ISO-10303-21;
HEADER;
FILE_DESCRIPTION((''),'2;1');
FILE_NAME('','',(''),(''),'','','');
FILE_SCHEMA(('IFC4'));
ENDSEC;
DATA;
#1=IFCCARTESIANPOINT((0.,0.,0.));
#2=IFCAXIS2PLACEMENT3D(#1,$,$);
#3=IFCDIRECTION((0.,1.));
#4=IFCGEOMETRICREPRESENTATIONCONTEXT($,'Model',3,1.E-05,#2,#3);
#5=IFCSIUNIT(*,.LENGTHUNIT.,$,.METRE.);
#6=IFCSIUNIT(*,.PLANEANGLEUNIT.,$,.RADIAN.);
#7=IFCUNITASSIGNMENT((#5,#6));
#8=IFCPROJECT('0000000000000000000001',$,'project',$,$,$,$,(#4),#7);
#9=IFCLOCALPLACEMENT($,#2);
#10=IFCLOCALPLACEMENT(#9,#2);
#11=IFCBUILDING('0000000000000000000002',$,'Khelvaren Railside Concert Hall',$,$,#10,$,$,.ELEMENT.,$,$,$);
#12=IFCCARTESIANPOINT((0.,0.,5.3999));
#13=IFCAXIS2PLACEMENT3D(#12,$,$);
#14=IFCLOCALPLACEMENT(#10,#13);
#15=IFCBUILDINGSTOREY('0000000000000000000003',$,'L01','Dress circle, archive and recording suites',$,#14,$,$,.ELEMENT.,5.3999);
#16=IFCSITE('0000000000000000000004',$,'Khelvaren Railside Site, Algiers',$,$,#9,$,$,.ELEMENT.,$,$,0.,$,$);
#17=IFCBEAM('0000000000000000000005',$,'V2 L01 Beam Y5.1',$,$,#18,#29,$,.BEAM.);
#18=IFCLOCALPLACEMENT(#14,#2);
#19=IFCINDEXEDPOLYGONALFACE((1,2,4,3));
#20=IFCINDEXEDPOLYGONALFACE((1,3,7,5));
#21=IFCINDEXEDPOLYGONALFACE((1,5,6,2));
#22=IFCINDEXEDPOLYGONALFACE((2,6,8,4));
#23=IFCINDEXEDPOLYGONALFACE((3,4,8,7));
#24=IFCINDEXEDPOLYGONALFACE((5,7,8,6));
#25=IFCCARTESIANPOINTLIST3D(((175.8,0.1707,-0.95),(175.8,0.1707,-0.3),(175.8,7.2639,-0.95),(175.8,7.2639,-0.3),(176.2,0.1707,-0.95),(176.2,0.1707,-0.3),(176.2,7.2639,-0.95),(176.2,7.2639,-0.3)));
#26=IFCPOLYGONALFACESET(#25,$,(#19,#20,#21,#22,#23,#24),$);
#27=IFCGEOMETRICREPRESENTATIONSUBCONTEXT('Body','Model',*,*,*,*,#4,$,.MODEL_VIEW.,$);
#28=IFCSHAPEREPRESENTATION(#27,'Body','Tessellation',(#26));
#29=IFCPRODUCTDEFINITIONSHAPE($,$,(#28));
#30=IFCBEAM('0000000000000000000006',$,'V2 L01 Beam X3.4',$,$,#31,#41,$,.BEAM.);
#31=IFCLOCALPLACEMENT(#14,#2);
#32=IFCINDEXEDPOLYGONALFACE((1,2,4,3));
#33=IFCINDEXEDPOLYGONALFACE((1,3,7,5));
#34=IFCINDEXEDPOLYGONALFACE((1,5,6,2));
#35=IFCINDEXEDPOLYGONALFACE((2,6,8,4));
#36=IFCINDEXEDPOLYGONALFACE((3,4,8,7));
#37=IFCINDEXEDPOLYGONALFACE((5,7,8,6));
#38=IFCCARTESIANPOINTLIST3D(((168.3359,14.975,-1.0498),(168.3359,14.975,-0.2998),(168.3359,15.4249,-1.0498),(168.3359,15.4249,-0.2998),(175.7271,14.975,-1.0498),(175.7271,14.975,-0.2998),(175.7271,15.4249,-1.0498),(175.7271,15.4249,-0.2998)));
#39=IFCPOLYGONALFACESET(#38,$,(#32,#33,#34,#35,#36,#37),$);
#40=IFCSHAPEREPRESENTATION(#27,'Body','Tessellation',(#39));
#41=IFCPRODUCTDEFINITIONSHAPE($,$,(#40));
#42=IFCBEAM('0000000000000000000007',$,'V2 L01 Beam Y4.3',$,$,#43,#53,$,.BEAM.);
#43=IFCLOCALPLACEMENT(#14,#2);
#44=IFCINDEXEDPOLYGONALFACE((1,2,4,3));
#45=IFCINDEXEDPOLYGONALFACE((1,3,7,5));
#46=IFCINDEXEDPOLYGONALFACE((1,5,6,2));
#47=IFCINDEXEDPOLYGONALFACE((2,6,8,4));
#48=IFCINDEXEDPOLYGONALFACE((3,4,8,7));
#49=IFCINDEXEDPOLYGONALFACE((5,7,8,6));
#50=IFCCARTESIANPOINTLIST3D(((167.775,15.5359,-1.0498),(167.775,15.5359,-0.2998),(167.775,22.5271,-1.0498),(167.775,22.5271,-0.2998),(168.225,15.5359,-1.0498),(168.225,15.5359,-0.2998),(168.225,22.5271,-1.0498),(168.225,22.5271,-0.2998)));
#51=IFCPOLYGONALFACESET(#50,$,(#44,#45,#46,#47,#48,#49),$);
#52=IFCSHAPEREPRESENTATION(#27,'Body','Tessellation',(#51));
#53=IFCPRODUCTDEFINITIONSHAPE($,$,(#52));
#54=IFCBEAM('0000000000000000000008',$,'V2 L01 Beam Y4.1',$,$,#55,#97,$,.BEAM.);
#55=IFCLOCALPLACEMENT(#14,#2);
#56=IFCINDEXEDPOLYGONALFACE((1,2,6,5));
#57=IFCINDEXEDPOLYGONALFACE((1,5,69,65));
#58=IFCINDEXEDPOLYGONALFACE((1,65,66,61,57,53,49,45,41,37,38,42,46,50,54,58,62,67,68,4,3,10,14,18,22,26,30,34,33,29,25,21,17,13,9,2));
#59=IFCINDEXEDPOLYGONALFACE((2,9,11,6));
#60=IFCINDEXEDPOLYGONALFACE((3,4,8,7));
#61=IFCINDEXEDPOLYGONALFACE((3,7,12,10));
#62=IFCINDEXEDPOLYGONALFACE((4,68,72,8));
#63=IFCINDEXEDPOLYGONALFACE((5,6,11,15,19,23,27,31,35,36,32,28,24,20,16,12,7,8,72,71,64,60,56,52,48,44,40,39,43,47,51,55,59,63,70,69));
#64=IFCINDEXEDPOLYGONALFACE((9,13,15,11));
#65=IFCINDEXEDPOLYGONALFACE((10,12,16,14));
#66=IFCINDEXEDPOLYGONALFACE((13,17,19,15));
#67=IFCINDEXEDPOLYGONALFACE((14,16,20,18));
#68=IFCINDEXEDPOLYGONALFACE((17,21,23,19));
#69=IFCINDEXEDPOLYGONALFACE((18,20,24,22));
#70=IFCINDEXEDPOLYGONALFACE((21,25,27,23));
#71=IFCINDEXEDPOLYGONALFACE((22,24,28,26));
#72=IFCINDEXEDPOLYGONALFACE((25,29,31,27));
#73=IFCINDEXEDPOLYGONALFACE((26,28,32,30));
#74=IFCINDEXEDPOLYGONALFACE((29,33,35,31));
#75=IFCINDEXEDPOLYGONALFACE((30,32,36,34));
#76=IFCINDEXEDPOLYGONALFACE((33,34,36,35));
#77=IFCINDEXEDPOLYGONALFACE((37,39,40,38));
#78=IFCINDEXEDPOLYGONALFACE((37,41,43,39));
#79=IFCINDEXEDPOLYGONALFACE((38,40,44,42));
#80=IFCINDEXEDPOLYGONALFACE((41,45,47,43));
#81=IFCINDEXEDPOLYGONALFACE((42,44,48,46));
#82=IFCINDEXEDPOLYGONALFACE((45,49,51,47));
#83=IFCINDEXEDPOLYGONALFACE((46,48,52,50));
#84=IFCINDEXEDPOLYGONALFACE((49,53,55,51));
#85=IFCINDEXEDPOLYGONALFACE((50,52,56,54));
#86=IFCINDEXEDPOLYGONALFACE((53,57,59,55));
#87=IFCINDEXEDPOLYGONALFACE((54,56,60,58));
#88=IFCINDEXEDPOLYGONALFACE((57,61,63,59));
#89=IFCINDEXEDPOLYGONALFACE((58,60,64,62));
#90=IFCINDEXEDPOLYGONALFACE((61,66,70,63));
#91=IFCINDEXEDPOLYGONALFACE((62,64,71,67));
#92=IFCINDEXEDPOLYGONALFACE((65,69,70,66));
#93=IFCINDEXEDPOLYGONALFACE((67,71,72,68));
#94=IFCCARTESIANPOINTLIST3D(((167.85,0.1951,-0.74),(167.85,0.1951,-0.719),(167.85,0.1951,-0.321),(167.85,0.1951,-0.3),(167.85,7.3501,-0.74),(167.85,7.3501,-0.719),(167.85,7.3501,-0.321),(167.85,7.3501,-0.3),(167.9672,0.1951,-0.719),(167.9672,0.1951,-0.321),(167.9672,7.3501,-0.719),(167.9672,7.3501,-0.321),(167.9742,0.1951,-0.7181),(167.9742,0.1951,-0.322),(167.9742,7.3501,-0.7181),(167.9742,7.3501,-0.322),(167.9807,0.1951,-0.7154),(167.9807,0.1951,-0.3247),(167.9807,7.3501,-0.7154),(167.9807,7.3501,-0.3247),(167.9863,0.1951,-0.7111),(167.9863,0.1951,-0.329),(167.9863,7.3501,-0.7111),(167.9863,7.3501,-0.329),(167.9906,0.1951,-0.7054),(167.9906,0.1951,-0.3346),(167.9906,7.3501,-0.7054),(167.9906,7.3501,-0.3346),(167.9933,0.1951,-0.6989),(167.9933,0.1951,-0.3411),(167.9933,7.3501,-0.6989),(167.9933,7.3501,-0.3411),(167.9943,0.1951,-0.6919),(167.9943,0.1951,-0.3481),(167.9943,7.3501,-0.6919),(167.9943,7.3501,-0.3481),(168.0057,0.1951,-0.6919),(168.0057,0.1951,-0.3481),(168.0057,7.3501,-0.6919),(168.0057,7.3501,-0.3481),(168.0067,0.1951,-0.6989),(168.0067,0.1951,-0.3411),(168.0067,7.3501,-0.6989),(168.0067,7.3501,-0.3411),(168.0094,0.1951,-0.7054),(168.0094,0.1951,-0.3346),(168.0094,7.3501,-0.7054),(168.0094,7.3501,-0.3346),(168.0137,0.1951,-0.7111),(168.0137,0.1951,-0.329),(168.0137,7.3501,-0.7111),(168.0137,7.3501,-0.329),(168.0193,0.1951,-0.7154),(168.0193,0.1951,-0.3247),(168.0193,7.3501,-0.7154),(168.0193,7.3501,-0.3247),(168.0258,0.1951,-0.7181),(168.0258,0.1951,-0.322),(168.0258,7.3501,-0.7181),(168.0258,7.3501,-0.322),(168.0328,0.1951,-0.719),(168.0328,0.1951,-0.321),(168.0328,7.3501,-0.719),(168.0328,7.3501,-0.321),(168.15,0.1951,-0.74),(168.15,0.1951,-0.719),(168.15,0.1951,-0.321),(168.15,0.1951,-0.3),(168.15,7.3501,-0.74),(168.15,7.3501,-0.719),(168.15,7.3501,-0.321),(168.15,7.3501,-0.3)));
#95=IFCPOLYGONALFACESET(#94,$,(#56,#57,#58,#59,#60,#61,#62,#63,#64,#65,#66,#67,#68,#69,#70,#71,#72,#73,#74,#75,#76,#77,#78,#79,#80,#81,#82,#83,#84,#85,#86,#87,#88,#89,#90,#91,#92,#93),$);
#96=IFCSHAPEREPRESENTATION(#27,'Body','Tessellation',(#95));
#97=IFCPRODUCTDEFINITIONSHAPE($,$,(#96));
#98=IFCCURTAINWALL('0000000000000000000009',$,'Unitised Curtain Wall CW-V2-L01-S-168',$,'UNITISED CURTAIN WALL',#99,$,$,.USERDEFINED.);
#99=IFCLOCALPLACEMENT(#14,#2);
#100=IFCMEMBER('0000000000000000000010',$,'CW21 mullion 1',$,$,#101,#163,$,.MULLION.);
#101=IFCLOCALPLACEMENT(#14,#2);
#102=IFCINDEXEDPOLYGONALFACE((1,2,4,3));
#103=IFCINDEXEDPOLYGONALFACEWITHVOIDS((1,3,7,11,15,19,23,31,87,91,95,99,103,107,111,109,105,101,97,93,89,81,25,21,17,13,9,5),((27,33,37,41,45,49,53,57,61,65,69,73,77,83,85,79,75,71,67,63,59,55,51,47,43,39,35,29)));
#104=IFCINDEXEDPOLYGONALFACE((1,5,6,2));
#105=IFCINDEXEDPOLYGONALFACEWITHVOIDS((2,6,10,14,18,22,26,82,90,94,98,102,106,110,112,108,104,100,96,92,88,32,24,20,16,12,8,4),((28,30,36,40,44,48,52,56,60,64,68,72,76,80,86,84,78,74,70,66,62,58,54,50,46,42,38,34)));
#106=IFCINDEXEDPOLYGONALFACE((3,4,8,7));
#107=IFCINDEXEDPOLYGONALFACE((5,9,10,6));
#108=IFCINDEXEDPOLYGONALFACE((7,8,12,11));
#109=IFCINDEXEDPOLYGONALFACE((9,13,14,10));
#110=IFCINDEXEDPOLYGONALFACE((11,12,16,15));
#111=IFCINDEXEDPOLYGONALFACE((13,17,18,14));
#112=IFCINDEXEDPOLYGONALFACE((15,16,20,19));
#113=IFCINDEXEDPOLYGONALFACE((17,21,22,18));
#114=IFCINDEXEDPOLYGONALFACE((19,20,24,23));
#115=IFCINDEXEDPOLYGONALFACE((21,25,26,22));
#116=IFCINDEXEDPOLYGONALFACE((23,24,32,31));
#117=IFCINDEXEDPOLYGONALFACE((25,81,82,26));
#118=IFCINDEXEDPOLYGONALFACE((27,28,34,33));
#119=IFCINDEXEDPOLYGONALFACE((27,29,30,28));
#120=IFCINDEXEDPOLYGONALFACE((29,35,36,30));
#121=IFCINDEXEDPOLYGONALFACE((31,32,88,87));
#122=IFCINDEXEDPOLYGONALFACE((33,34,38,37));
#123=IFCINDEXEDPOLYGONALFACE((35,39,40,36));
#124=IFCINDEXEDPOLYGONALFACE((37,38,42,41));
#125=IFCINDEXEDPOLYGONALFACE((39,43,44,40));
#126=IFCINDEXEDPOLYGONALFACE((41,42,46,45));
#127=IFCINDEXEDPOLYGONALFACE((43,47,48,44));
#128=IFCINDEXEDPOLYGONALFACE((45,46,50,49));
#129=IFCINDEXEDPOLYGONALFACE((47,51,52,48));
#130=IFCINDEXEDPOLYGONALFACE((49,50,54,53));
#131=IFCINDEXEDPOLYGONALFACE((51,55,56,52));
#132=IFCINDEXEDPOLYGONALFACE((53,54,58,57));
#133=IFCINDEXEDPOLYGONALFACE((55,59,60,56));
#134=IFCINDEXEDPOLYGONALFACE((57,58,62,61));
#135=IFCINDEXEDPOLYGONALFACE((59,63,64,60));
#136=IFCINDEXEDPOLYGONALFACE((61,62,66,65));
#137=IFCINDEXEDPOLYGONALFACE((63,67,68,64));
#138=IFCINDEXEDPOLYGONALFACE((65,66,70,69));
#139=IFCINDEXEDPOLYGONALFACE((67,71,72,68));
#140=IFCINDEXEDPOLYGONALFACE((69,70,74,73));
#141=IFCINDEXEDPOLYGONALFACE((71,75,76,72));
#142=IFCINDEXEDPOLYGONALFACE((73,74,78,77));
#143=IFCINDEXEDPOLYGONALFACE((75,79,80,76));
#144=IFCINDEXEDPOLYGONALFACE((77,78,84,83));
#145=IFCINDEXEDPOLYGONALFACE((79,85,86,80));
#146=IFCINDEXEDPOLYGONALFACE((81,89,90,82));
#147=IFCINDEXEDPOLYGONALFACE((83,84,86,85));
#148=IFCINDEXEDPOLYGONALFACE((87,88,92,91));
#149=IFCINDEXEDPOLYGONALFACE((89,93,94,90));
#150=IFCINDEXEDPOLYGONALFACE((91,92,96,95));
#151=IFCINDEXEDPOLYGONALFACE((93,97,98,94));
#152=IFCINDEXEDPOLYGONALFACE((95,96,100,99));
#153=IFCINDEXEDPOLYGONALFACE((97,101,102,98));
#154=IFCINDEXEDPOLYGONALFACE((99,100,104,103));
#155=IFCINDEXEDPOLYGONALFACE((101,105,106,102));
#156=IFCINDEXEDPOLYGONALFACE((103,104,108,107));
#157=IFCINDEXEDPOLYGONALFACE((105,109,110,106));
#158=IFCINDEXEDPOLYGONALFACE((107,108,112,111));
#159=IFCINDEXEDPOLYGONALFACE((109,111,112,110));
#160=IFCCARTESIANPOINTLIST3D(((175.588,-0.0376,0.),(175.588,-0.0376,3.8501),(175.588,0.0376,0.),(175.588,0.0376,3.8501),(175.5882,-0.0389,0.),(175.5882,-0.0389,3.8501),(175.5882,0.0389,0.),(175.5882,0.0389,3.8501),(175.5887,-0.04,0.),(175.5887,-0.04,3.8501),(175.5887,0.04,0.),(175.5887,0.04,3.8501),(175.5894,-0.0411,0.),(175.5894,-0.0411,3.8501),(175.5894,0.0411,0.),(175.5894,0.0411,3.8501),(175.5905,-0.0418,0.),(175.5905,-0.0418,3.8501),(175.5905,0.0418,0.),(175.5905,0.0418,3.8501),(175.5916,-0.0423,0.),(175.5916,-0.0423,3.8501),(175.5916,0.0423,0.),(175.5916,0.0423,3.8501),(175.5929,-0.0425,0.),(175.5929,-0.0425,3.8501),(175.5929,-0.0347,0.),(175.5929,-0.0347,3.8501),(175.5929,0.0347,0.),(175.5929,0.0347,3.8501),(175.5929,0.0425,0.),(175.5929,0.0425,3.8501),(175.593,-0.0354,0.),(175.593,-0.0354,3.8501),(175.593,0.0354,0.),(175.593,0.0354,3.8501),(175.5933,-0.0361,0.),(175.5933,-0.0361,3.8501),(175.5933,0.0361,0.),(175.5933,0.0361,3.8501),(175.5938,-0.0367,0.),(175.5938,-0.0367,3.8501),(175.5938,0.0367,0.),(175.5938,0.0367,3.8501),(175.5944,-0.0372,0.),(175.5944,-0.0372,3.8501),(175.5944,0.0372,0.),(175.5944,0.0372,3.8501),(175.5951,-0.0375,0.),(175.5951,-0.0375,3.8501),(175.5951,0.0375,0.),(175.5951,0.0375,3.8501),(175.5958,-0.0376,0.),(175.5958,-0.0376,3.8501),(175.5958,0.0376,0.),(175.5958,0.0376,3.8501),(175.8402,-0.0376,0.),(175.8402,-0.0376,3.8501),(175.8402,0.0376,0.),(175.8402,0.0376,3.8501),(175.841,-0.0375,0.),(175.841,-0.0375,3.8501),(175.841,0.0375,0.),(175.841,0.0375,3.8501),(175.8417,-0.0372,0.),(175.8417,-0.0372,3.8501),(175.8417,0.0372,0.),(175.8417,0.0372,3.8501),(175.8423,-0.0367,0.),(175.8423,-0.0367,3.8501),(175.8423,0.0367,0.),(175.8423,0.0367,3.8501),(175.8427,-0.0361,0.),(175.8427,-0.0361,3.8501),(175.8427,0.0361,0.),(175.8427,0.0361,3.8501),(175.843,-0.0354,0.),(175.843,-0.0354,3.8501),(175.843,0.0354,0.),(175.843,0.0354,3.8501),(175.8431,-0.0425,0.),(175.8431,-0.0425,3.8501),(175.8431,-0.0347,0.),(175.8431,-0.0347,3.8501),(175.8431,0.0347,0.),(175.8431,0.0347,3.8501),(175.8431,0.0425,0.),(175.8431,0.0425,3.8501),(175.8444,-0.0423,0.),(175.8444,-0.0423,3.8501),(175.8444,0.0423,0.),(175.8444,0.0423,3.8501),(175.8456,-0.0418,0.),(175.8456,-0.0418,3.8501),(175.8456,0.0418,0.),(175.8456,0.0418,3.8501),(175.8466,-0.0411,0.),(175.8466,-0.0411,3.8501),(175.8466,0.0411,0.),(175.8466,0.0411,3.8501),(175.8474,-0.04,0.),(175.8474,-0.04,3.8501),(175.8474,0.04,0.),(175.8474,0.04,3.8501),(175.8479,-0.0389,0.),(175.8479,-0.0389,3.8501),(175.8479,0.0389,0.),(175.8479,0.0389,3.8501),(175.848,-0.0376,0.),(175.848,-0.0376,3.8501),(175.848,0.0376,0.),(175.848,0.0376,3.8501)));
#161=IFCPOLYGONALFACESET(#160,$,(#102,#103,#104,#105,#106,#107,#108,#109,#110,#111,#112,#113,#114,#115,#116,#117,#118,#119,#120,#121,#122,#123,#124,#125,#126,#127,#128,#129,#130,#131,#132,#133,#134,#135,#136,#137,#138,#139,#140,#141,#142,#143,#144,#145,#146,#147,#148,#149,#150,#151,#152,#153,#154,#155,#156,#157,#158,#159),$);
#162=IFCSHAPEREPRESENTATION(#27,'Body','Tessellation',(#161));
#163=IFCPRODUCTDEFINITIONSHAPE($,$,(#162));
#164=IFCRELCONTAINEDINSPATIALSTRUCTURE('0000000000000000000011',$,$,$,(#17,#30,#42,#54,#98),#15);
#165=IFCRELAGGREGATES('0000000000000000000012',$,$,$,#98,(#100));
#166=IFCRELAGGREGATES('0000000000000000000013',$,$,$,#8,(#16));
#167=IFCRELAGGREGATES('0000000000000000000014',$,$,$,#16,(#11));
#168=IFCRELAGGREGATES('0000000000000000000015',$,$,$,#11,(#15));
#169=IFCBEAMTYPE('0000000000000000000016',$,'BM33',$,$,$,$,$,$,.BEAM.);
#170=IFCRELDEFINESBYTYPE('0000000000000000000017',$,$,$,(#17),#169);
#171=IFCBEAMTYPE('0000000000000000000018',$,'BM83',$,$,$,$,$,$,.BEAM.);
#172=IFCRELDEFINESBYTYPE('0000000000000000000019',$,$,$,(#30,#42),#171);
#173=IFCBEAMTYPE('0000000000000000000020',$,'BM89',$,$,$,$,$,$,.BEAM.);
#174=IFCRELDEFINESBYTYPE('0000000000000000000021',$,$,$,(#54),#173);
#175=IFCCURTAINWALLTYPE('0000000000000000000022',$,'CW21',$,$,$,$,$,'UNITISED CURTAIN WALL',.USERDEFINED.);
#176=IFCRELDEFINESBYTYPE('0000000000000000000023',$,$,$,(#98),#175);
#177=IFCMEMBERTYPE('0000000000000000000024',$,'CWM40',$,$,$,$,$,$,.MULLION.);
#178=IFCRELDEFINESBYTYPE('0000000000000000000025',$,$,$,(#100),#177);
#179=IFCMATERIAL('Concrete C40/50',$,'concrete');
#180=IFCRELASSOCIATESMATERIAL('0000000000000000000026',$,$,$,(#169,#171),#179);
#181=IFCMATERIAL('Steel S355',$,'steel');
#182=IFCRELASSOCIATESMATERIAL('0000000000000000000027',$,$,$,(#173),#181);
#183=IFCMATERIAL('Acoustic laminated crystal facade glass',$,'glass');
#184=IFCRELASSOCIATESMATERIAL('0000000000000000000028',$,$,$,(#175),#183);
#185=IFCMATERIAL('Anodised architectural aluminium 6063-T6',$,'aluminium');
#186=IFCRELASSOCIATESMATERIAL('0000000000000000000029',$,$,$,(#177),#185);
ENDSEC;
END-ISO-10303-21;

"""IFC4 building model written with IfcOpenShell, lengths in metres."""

from ifc_helpers import new_model, si_unit, direction, frame, origin, origin_2d, place, context, subcontext, project, spatial, rectangle, hollow_rectangle, i_section, extrude, material, material_profile, profile_set, type_object, element, aggregate, save


model = new_model("IFC4")

# Units and contexts
model_context = context("Model", 3, precision=1e-05, world=origin(), true_north=direction((0.0, 1.0)))
body_context = subcontext(model_context, "Body", "Model", "MODEL_VIEW")
ifc_project = project(units=[si_unit("LENGTHUNIT", "METRE"), si_unit("PLANEANGLEUNIT", "RADIAN")], contexts=[model_context])

# Site, building, storey
site_placement = place(None, origin())
site = spatial("IfcSite", under=ifc_project, at=site_placement, Name="Khelvaren Railside Site, Algiers", CompositionType="ELEMENT", RefElevation=0.0)
building_placement = place(site_placement, origin())
building = spatial("IfcBuilding", under=site, at=building_placement, Name="Khelvaren Railside Concert Hall", CompositionType="ELEMENT")
storey_placement = place(building_placement, frame((0.0, 0.0, 5.3999)))
storey = spatial("IfcBuildingStorey", under=building, at=storey_placement, Name="L01", Description="Dress circle, archive and recording suites", CompositionType="ELEMENT", Elevation=5.3999)

# Shared definitions
ifc_material_1 = material(Name="Steel S355", Category="steel")

# Beams
ifc_material_2 = material(Name="Concrete C40/50", Category="concrete")
ifc_material_profile_1 = material_profile(ifc_material_2, rectangle(XDim=0.3999, YDim=0.6499, at=origin_2d()), Name="RCB 400x650")
ifc_profile_set_1 = profile_set([ifc_material_profile_1], Name="Concrete C40/50")
beam_type_1 = type_object("IfcBeamType", Name="BM33", PredefinedType="BEAM", material=ifc_profile_set_1)
beam_1_placement = place(storey_placement, frame((176.0, 0.1707, -0.625), z_axis=(0.0, 1.0, 0.0), x_axis=(-1.0, 0.0, 0.0)))
element("IfcBeam", 1, at=beam_1_placement, inside=storey, type_object=beam_type_1, Name="V2 L01 Beam Y5.1", PredefinedType="BEAM", context=body_context, shape_type="SweptSolid", body=[
    extrude(rectangle(XDim=0.3999, YDim=0.6499, at=origin_2d()), origin(), (0.0, 0.0, 1.0), 7.0933),
])
ifc_material_profile_2 = material_profile(ifc_material_2, rectangle(XDim=0.45, YDim=0.75, at=origin_2d()), Name="RCB 450x750")
ifc_profile_set_2 = profile_set([ifc_material_profile_2], Name="Concrete C40/50")
beam_type_2 = type_object("IfcBeamType", Name="BM83", PredefinedType="BEAM", material=ifc_profile_set_2)
beam_2_placement = place(storey_placement, frame((168.3359, 15.2, -0.6748), z_axis=(1.0, 0.0, 0.0), x_axis=(0.0, 1.0, 0.0)))
element("IfcBeam", 2, at=beam_2_placement, inside=storey, type_object=beam_type_2, Name="V2 L01 Beam X3.4", PredefinedType="BEAM", context=body_context, shape_type="SweptSolid", body=[
    extrude(rectangle(XDim=0.45, YDim=0.75, at=origin_2d()), origin(), (0.0, 0.0, 1.0), 7.3911),
])
beam_3_placement = place(storey_placement, frame((168.0, 15.5359, -0.6748), z_axis=(0.0, 1.0, 0.0), x_axis=(-1.0, 0.0, 0.0)))
element("IfcBeam", 3, at=beam_3_placement, inside=storey, type_object=beam_type_2, Name="V2 L01 Beam Y4.3", PredefinedType="BEAM", context=body_context, shape_type="SweptSolid", body=[
    extrude(rectangle(XDim=0.45, YDim=0.75, at=origin_2d()), origin(), (0.0, 0.0, 1.0), 6.9912),
])
ifc_material_profile_3 = material_profile(ifc_material_1, i_section(OverallWidth=0.3, OverallDepth=0.4399, WebThickness=0.0115, FlangeThickness=0.021, FilletRadius=0.0271, at=origin_2d()), Name="HEA 450")
ifc_profile_set_3 = profile_set([ifc_material_profile_3], Name="Steel S355")
beam_type_3 = type_object("IfcBeamType", Name="BM89", PredefinedType="BEAM", material=ifc_profile_set_3)
beam_4_placement = place(storey_placement, frame((168.0, 0.1951, -0.52), z_axis=(0.0, 1.0, 0.0), x_axis=(-1.0, 0.0, 0.0)))
element("IfcBeam", 4, at=beam_4_placement, inside=storey, type_object=beam_type_3, Name="V2 L01 Beam Y4.1", PredefinedType="BEAM", context=body_context, shape_type="SweptSolid", body=[
    extrude(i_section(OverallWidth=0.3, OverallDepth=0.4399, WebThickness=0.0115, FlangeThickness=0.021, FilletRadius=0.0271, at=origin_2d()), origin(), (0.0, 0.0, 1.0), 7.155),
])

# Curtain wall, member
ifc_material_3 = material(Name="Acoustic laminated crystal facade glass", Category="glass")
curtain_wall_type = type_object("IfcCurtainWallType", Name="CW21", ElementType="UNITISED CURTAIN WALL", PredefinedType="USERDEFINED", material=ifc_material_3)
curtain_wall_placement = place(storey_placement, origin())
curtain_wall = element("IfcCurtainWall", 5, at=curtain_wall_placement, inside=storey, type_object=curtain_wall_type, Name="Unitised Curtain Wall CW-V2-L01-S-168", ObjectType="UNITISED CURTAIN WALL", PredefinedType="USERDEFINED")
ifc_material_4 = material(Name="Anodised architectural aluminium 6063-T6", Category="aluminium")
ifc_material_profile_4 = material_profile(ifc_material_4, hollow_rectangle(XDim=0.085, YDim=0.26, WallThickness=0.0049, InnerFilletRadius=0.0029, OuterFilletRadius=0.0049, at=origin_2d()), Name="CWM 85x260x5")
ifc_profile_set_4 = profile_set([ifc_material_profile_4], Name="Anodised architectural aluminium 6063-T6")
member_type_1 = type_object("IfcMemberType", Name="CWM40", PredefinedType="MULLION", material=ifc_profile_set_4)
member_1_placement = place(storey_placement, frame((175.718, 0.0, 0.0), z_axis=(0.0, 0.0, 1.0), x_axis=(0.0, -1.0, 0.0)))
member_1 = element("IfcMember", 6, at=member_1_placement, type_object=member_type_1, Name="CW21 mullion 1", PredefinedType="MULLION", context=body_context, shape_type="SweptSolid", body=[
    extrude(hollow_rectangle(XDim=0.085, YDim=0.26, WallThickness=0.0049, InnerFilletRadius=0.0029, OuterFilletRadius=0.0049, at=origin_2d()), origin(), (0.0, 0.0, 1.0), 3.8501),
])

aggregate(curtain_wall, [member_1])

save(model, "model.ifc")
